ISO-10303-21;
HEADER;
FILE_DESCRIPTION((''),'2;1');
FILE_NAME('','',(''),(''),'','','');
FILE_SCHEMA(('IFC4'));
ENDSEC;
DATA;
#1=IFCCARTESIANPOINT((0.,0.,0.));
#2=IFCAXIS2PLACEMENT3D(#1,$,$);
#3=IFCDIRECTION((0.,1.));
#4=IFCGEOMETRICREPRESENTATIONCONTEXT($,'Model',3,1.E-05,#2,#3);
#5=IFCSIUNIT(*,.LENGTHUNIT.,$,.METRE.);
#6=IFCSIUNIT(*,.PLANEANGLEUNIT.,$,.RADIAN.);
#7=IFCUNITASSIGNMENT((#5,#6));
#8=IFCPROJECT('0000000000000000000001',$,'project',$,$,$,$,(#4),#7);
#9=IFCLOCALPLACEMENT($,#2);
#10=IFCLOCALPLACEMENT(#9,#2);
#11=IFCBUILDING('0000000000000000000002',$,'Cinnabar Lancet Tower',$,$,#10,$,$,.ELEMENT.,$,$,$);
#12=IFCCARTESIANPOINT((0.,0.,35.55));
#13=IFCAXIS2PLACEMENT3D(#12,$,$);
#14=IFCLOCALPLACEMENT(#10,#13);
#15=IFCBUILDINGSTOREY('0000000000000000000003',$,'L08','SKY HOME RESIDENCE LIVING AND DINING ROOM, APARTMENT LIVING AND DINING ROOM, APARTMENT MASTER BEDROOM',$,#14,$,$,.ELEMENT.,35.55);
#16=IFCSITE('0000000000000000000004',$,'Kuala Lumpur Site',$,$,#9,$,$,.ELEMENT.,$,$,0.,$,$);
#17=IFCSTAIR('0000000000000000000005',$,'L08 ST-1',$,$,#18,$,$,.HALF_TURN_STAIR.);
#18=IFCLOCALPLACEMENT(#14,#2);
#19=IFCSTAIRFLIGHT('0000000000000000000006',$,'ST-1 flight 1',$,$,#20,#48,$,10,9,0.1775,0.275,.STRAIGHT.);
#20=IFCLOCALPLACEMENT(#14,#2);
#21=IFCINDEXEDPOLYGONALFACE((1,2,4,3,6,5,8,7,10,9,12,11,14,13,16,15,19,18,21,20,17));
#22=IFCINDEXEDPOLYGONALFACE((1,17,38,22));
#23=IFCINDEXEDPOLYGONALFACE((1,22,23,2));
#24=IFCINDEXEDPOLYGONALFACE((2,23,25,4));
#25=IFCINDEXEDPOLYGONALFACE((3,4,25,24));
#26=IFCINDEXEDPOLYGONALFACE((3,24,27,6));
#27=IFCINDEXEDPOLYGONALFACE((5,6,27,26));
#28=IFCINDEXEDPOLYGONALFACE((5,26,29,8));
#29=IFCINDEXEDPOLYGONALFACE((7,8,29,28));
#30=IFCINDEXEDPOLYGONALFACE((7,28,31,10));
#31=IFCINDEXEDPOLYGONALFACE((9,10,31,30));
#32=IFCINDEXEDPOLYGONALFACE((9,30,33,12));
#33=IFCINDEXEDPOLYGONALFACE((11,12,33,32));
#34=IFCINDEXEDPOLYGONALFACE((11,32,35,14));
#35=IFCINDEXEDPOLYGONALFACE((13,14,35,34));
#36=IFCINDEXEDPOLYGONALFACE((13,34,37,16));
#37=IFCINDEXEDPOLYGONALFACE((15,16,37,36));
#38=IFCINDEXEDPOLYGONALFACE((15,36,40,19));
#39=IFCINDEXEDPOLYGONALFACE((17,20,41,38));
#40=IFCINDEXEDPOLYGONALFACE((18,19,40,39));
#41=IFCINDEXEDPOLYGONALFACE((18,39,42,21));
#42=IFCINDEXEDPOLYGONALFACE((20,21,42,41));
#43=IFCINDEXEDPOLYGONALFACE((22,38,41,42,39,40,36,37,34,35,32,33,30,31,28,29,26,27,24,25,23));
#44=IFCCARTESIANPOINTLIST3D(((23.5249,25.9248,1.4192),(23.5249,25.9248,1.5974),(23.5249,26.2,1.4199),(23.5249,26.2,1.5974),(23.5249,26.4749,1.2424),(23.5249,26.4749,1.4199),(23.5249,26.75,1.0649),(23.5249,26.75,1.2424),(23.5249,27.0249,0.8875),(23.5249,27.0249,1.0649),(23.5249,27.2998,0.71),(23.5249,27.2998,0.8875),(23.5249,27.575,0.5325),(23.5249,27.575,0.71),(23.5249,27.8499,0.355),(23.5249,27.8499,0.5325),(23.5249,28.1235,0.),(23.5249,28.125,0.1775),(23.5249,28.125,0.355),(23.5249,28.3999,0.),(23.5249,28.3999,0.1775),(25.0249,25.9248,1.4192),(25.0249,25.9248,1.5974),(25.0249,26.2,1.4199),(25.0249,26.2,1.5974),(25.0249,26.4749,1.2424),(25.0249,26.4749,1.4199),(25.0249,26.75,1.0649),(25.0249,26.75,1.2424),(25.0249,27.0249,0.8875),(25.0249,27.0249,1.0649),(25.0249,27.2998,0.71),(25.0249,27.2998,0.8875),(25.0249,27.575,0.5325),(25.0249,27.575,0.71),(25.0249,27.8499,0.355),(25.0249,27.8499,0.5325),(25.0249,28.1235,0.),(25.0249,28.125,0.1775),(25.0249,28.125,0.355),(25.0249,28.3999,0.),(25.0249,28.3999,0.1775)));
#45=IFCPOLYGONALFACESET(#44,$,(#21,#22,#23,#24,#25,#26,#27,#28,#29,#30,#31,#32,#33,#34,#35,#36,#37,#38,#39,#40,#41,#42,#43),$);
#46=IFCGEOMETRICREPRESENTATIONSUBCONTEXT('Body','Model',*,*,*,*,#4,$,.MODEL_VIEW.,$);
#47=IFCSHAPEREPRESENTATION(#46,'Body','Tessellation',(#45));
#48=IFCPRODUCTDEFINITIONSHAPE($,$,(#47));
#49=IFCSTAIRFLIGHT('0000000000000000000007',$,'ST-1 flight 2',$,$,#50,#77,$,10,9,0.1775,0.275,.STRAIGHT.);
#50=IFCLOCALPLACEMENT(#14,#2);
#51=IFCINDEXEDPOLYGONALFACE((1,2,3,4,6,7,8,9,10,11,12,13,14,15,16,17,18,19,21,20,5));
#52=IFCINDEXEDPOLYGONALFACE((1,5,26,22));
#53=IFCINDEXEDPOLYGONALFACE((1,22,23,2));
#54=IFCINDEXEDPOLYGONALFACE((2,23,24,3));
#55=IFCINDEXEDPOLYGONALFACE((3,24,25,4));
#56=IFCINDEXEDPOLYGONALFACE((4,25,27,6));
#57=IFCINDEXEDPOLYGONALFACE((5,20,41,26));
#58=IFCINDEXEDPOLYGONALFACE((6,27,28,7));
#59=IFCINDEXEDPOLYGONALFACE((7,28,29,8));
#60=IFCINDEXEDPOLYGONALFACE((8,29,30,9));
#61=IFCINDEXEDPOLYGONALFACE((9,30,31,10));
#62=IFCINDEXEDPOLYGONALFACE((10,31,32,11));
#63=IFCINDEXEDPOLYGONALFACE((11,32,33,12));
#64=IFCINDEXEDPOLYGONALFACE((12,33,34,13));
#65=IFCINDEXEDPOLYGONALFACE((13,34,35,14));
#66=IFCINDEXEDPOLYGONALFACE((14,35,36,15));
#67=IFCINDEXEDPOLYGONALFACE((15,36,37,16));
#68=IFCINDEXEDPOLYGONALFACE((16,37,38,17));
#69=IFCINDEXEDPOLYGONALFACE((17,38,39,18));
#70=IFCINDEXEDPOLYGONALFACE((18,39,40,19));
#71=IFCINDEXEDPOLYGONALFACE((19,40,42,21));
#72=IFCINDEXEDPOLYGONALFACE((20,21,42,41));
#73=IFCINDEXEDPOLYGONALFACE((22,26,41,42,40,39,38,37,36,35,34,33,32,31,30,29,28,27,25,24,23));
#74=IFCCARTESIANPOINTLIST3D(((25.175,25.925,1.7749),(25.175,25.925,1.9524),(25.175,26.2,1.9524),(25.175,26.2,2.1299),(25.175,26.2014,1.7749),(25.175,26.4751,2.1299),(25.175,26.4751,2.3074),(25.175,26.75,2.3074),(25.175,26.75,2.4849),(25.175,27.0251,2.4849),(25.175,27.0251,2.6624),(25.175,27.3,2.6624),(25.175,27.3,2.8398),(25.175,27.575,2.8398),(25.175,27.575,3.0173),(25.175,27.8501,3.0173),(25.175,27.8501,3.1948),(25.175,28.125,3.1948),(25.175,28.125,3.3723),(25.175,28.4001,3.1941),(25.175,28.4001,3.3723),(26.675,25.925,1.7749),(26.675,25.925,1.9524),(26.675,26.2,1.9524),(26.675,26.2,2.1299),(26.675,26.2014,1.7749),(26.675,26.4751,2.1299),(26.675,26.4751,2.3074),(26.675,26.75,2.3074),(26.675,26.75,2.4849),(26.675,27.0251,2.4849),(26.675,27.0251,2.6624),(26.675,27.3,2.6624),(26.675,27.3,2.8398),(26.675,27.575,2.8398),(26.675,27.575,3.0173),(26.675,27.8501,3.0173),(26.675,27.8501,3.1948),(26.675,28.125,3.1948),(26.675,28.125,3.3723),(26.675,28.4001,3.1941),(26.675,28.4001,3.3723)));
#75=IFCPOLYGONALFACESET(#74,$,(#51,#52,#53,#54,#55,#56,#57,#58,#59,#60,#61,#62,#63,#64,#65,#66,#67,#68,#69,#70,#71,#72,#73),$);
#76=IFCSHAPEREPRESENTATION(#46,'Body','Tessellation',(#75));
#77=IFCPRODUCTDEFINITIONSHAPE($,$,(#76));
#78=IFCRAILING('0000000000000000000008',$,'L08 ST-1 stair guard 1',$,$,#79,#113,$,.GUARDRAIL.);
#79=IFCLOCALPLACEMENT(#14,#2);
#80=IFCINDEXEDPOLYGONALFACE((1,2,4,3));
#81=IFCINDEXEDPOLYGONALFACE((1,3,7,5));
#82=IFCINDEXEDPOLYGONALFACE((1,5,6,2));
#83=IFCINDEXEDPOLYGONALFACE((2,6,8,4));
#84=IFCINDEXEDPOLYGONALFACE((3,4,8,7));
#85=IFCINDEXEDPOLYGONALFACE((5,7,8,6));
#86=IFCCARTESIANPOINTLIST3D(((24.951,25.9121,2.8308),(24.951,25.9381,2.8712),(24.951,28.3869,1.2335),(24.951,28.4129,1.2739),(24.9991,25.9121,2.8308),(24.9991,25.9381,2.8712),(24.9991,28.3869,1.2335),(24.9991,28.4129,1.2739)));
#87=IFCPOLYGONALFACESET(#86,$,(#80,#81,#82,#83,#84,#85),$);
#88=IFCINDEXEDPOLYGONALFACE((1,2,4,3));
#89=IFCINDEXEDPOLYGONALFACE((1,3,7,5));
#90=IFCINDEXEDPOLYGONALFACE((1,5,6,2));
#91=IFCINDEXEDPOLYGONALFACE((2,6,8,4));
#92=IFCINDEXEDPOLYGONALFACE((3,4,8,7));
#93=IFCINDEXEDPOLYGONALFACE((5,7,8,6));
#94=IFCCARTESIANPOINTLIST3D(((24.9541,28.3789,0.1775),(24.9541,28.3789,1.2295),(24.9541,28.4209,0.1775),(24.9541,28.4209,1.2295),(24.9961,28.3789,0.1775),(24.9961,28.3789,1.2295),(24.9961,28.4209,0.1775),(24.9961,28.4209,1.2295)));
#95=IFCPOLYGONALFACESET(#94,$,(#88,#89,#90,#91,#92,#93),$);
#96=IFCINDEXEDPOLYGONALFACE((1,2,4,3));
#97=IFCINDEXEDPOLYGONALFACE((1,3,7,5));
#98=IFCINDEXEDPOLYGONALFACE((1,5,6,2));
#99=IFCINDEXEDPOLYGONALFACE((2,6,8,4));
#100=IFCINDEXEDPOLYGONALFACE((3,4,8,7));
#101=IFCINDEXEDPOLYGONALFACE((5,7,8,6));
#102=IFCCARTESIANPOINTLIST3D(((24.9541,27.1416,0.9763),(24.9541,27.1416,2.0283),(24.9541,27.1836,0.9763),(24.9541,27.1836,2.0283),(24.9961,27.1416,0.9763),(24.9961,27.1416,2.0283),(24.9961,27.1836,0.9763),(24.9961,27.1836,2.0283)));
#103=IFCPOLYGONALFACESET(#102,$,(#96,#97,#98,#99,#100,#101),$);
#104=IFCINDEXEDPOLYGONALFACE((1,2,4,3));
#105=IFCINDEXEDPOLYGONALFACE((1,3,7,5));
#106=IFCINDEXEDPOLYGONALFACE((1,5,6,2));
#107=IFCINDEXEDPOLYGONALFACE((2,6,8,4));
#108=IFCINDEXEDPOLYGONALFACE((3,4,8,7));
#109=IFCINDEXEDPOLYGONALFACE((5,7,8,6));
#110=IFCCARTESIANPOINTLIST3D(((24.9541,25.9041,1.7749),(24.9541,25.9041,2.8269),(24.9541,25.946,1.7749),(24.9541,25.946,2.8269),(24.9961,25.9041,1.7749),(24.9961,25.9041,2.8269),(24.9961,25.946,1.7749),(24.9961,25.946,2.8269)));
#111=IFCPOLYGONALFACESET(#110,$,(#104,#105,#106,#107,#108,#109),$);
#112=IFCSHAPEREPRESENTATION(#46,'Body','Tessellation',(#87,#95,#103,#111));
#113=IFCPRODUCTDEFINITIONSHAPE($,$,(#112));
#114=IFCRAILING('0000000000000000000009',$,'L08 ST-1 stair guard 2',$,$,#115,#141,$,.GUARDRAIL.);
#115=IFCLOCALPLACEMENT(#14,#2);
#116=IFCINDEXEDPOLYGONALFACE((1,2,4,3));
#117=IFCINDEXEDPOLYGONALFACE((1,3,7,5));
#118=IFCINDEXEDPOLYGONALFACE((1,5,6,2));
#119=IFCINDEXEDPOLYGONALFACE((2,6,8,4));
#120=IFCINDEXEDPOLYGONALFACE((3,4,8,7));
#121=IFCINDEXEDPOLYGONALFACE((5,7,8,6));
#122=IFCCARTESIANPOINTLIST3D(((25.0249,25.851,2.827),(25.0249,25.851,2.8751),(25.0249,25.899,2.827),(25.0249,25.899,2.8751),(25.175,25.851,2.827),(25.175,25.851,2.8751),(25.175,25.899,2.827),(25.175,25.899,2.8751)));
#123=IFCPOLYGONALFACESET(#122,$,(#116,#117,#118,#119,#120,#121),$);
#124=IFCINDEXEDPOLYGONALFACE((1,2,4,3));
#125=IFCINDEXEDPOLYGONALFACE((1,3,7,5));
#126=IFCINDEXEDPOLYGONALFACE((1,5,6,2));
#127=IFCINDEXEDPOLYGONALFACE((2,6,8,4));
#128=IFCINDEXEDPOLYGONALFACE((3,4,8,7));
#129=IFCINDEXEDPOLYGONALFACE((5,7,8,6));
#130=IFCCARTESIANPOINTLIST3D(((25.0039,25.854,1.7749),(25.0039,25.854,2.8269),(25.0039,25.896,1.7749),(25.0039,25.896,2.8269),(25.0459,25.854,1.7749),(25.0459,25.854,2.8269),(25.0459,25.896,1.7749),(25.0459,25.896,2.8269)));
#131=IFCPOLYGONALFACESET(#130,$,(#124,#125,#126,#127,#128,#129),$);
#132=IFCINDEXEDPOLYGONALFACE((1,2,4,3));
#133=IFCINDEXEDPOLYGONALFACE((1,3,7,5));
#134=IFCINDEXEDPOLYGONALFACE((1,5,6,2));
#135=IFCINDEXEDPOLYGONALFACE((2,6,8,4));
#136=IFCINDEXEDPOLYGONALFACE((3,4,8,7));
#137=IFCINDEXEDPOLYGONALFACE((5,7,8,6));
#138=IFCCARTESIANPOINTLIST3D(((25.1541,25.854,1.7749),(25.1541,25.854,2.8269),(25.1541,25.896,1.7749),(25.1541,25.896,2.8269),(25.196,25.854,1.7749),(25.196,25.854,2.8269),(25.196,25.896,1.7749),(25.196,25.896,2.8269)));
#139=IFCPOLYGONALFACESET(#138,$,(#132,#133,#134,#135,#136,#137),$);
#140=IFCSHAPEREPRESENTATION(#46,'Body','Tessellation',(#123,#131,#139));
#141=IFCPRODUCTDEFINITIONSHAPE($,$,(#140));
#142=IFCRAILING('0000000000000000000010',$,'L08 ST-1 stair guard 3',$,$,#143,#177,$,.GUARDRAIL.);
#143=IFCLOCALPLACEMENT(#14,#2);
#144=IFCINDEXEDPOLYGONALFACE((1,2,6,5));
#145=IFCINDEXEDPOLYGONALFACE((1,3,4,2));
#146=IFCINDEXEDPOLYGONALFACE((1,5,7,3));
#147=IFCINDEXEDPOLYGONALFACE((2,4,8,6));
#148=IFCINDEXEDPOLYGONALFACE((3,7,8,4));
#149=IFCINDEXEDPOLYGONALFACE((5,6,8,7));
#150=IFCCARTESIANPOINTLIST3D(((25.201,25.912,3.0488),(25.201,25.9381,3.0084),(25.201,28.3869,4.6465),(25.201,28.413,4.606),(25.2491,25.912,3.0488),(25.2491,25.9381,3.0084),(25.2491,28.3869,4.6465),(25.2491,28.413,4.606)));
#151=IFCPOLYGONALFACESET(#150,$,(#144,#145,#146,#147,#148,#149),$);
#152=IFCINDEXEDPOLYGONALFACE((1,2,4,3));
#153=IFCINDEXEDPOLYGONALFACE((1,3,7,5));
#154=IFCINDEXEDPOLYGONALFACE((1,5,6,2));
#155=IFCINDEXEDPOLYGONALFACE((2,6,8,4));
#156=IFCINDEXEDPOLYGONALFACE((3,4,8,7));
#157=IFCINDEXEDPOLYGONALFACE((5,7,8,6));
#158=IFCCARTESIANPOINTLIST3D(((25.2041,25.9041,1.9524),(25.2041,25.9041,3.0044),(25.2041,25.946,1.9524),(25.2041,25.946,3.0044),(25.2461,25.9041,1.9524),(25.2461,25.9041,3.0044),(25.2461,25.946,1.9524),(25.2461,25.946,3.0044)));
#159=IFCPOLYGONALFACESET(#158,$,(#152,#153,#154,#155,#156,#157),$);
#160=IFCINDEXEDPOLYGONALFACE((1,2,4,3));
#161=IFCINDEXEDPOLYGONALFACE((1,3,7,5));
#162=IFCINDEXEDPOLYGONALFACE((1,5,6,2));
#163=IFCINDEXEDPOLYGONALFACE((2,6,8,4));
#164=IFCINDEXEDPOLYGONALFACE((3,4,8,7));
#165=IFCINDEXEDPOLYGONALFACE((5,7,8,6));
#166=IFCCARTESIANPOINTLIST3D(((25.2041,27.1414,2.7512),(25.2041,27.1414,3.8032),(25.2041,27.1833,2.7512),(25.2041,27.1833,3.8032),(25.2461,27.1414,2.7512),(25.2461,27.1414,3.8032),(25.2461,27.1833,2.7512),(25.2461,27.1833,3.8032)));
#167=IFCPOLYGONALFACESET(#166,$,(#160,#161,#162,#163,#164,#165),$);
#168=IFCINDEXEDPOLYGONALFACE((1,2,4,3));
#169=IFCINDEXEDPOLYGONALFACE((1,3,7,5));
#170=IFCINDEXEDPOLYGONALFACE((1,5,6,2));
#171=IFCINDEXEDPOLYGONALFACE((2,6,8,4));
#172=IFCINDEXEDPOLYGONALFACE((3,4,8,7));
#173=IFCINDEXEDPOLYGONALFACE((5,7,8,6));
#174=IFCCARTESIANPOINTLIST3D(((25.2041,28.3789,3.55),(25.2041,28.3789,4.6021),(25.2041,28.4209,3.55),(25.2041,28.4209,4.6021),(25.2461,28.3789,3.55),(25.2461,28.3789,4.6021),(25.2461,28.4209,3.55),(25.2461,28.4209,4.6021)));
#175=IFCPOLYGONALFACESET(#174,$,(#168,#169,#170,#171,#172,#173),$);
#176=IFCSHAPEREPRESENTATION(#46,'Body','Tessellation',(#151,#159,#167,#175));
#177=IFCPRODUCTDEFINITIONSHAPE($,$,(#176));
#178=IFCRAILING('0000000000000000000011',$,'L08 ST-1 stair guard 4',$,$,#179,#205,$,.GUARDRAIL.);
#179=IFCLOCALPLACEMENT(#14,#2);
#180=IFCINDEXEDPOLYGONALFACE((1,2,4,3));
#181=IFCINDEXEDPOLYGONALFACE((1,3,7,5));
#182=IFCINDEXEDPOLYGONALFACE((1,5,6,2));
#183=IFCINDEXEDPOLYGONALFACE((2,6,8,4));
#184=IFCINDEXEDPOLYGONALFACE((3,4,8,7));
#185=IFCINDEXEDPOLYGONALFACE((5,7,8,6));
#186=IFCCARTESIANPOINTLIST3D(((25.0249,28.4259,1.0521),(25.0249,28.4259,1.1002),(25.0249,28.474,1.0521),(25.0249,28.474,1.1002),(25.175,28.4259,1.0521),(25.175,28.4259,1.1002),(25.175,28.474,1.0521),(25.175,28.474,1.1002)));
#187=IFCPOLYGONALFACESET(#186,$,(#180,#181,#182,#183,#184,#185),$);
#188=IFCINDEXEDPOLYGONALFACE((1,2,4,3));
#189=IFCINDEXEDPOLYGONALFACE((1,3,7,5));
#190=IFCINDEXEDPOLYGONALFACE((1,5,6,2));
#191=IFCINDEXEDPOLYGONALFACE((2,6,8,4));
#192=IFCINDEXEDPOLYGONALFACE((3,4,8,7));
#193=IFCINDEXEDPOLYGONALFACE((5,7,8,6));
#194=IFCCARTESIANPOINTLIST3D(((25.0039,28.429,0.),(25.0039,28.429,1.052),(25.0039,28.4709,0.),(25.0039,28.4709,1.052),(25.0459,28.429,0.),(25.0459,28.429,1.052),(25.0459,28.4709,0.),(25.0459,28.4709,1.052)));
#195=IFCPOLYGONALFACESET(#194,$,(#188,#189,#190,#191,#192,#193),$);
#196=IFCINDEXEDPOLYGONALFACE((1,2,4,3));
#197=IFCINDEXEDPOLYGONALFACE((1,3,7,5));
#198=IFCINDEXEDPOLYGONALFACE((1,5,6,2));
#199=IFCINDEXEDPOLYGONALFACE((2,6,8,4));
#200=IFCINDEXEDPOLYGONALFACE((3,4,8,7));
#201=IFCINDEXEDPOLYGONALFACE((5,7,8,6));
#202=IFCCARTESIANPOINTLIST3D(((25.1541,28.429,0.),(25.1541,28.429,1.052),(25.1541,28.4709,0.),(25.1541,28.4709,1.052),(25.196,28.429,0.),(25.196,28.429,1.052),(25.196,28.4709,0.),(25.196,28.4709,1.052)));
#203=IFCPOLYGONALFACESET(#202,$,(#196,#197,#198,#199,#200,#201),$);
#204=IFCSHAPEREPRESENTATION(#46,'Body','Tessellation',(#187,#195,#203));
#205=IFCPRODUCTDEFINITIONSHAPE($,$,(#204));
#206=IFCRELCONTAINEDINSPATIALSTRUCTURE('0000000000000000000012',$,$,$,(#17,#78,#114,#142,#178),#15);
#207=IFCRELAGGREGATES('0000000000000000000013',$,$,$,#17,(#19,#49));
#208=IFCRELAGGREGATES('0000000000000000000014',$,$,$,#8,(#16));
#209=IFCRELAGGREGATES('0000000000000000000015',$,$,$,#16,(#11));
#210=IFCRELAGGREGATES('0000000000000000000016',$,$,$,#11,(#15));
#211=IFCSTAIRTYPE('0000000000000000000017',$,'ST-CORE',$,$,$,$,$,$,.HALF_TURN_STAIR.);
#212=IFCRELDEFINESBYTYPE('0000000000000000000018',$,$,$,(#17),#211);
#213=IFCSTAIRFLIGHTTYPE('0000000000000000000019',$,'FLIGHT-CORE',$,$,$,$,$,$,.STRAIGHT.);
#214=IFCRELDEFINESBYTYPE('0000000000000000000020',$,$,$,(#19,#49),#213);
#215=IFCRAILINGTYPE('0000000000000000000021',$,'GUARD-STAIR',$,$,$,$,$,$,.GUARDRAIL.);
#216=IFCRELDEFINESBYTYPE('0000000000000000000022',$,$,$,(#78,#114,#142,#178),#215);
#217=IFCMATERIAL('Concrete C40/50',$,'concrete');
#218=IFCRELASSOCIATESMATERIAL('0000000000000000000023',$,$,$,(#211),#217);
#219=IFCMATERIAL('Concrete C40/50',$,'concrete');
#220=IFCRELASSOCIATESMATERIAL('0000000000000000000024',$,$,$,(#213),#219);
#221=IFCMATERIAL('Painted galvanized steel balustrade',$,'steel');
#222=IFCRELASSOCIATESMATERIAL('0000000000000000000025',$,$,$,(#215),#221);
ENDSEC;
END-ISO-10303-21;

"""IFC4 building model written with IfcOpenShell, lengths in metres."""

from ifc_helpers import new_model, si_unit, direction, frame, origin, origin_2d, place, context, subcontext, project, spatial, polyline, rectangle, outline, extrude, material, type_object, element, aggregate, save


model = new_model("IFC4")

# Units and contexts
model_context = context("Model", 3, precision=1e-05, world=origin(), true_north=direction((0.0, 1.0)))
body_context = subcontext(model_context, "Body", "Model", "MODEL_VIEW")
ifc_project = project(units=[si_unit("LENGTHUNIT", "METRE"), si_unit("PLANEANGLEUNIT", "RADIAN")], contexts=[model_context])

# Site, building, storey
site_placement = place(None, origin())
site = spatial("IfcSite", under=ifc_project, at=site_placement, Name="Kuala Lumpur Site", CompositionType="ELEMENT", RefElevation=0.0)
building_placement = place(site_placement, origin())
building = spatial("IfcBuilding", under=site, at=building_placement, Name="Cinnabar Lancet Tower", CompositionType="ELEMENT")
storey_placement = place(building_placement, frame((0.0, 0.0, 35.55)))
storey = spatial("IfcBuildingStorey", under=building, at=storey_placement, Name="L08", Description="SKY HOME RESIDENCE LIVING AND DINING ROOM, APARTMENT LIVING AND DINING ROOM, APARTMENT MASTER BEDROOM", CompositionType="ELEMENT", Elevation=35.55)

# Stair, stair flights
ifc_material_1 = material(Name="Concrete C40/50", Category="concrete")
stair_type = type_object("IfcStairType", Name="ST-CORE", PredefinedType="HALF_TURN_STAIR", material=ifc_material_1)
stair_placement = place(storey_placement, origin())
stair = element("IfcStair", 1, at=stair_placement, inside=storey, type_object=stair_type, Name="L08 ST-1", PredefinedType="HALF_TURN_STAIR")
ifc_material_2 = material(Name="Concrete C40/50", Category="concrete")
stair_flight_type = type_object("IfcStairFlightType", Name="FLIGHT-CORE", PredefinedType="STRAIGHT", material=ifc_material_2)
stair_flight_1_placement = place(storey_placement, frame((24.2749, 28.3999, 0.0), z_axis=(0.0, 0.0, 1.0), x_axis=(0.0, -1.0, 0.0)))
stair_flight_1 = element("IfcStairFlight", 2, at=stair_flight_1_placement, type_object=stair_flight_type, Name="ST-1 flight 1", NumberOfRisers=10, NumberOfTreads=9, PredefinedType="STRAIGHT", RiserHeight=0.1775, TreadLength=0.275, context=body_context, shape_type="SweptSolid", body=[
    extrude(outline(polyline([(0.0, 0.0), (0.0, 0.1775), (0.2749, 0.1775), (0.2749, 0.355), (0.55, 0.355), (0.55, 0.5325), (0.825, 0.5325), (0.825, 0.71), (1.1001, 0.71), (1.1001, 0.8875), (1.375, 0.8875), (1.375, 1.0649), (1.6499, 1.0649), (1.6499, 1.2424), (1.925, 1.2424), (1.925, 1.4199), (2.2, 1.4199), (2.2, 1.5974), (2.4751, 1.5974), (2.4751, 1.7749), (2.4751, 1.4192), (0.2764, 0.0), (0.0, 0.0)])), frame((0.0, 0.75, 0.0), z_axis=(0.0, -1.0, 0.0), x_axis=(1.0, 0.0, 0.0)), (0.0, 0.0, 1.0), 1.5),
])
stair_flight_2_placement = place(storey_placement, frame((25.925, 25.925, 1.7749), z_axis=(0.0, 0.0, 1.0), x_axis=(0.0, 1.0, 0.0)))
stair_flight_2 = element("IfcStairFlight", 3, at=stair_flight_2_placement, type_object=stair_flight_type, Name="ST-1 flight 2", NumberOfRisers=10, NumberOfTreads=9, PredefinedType="STRAIGHT", RiserHeight=0.1775, TreadLength=0.275, context=body_context, shape_type="SweptSolid", body=[
    extrude(outline(polyline([(0.0, 0.0), (0.0, 0.1775), (0.2749, 0.1775), (0.2749, 0.355), (0.55, 0.355), (0.55, 0.5325), (0.825, 0.5325), (0.825, 0.71), (1.1001, 0.71), (1.1001, 0.8875), (1.375, 0.8875), (1.375, 1.0649), (1.6499, 1.0649), (1.6499, 1.2424), (1.925, 1.2424), (1.925, 1.4199), (2.2, 1.4199), (2.2, 1.5974), (2.4751, 1.5974), (2.4751, 1.7749), (2.4751, 1.4192), (0.2764, 0.0), (0.0, 0.0)])), frame((0.0, 0.75, 0.0), z_axis=(0.0, -1.0, 0.0), x_axis=(1.0, 0.0, 0.0)), (0.0, 0.0, 1.0), 1.5),
])
aggregate(stair, [stair_flight_1, stair_flight_2])

# Railings
ifc_material_3 = material(Name="Painted galvanized steel balustrade", Category="steel")
railing_type_1 = type_object("IfcRailingType", Name="GUARD-STAIR", PredefinedType="GUARDRAIL", material=ifc_material_3)
railing_1_placement = place(storey_placement, frame((24.9751, 28.3999, 0.1775)))
element("IfcRailing", 4, at=railing_1_placement, inside=storey, type_object=railing_type_1, Name="L08 ST-1 stair guard 1", PredefinedType="GUARDRAIL", context=body_context, shape_type="SweptSolid", body=[
    extrude(rectangle(XDim=0.0481, YDim=0.0481, at=origin_2d()), frame((0.0, 0.0, 1.0762), z_axis=(0.0, -0.840183, 0.542302), x_axis=(1.0, 0.0, 0.0)), (0.0, 0.0, 1.0), 2.9456),
    extrude(rectangle(XDim=0.042, YDim=0.042, at=origin_2d()), origin(), (0.0, 0.0, 1.0), 1.052),
    extrude(rectangle(XDim=0.042, YDim=0.042, at=origin_2d()), frame((0.0, -1.2373, 0.7988)), (0.0, 0.0, 1.0), 1.052),
    extrude(rectangle(XDim=0.042, YDim=0.042, at=origin_2d()), frame((0.0, -2.4749, 1.5974)), (0.0, 0.0, 1.0), 1.052),
])
railing_2_placement = place(storey_placement, frame((25.0249, 25.875, 1.7749)))
element("IfcRailing", 5, at=railing_2_placement, inside=storey, type_object=railing_type_1, Name="L08 ST-1 stair guard 2", PredefinedType="GUARDRAIL", context=body_context, shape_type="SweptSolid", body=[
    extrude(rectangle(XDim=0.0481, YDim=0.0481, at=origin_2d()), frame((0.0, 0.0, 1.0762), z_axis=(1.0, 0.0, 0.0), x_axis=(0.0, 1.0, 0.0)), (0.0, 0.0, 1.0), 0.1501),
    extrude(rectangle(XDim=0.042, YDim=0.042, at=origin_2d()), origin(), (0.0, 0.0, 1.0), 1.052),
    extrude(rectangle(XDim=0.042, YDim=0.042, at=origin_2d()), frame((0.1501, 0.0, 0.0)), (0.0, 0.0, 1.0), 1.052),
])
railing_3_placement = place(storey_placement, frame((25.2251, 25.925, 1.9524)))
element("IfcRailing", 6, at=railing_3_placement, inside=storey, type_object=railing_type_1, Name="L08 ST-1 stair guard 3", PredefinedType="GUARDRAIL", context=body_context, shape_type="SweptSolid", body=[
    extrude(rectangle(XDim=0.0481, YDim=0.0481, at=origin_2d()), frame((0.0, 0.0, 1.0762), z_axis=(0.0, 0.840146, 0.542361), x_axis=(-1.0, 0.0, 0.0)), (0.0, 0.0, 1.0), 2.9458),
    extrude(rectangle(XDim=0.042, YDim=0.042, at=origin_2d()), origin(), (0.0, 0.0, 1.0), 1.052),
    extrude(rectangle(XDim=0.042, YDim=0.042, at=origin_2d()), frame((0.0, 1.2373, 0.7988)), (0.0, 0.0, 1.0), 1.052),
    extrude(rectangle(XDim=0.042, YDim=0.042, at=origin_2d()), frame((0.0, 2.4749, 1.5977)), (0.0, 0.0, 1.0), 1.052),
])
railing_4_placement = place(storey_placement, frame((25.0249, 28.45, 0.0)))
element("IfcRailing", 7, at=railing_4_placement, inside=storey, type_object=railing_type_1, Name="L08 ST-1 stair guard 4", PredefinedType="GUARDRAIL", context=body_context, shape_type="SweptSolid", body=[
    extrude(rectangle(XDim=0.0481, YDim=0.0481, at=origin_2d()), frame((0.0, 0.0, 1.0762), z_axis=(1.0, 0.0, 0.0), x_axis=(0.0, 1.0, 0.0)), (0.0, 0.0, 1.0), 0.1501),
    extrude(rectangle(XDim=0.042, YDim=0.042, at=origin_2d()), origin(), (0.0, 0.0, 1.0), 1.052),
    extrude(rectangle(XDim=0.042, YDim=0.042, at=origin_2d()), frame((0.1501, 0.0, 0.0)), (0.0, 0.0, 1.0), 1.052),
])

save(model, "model.ifc")
